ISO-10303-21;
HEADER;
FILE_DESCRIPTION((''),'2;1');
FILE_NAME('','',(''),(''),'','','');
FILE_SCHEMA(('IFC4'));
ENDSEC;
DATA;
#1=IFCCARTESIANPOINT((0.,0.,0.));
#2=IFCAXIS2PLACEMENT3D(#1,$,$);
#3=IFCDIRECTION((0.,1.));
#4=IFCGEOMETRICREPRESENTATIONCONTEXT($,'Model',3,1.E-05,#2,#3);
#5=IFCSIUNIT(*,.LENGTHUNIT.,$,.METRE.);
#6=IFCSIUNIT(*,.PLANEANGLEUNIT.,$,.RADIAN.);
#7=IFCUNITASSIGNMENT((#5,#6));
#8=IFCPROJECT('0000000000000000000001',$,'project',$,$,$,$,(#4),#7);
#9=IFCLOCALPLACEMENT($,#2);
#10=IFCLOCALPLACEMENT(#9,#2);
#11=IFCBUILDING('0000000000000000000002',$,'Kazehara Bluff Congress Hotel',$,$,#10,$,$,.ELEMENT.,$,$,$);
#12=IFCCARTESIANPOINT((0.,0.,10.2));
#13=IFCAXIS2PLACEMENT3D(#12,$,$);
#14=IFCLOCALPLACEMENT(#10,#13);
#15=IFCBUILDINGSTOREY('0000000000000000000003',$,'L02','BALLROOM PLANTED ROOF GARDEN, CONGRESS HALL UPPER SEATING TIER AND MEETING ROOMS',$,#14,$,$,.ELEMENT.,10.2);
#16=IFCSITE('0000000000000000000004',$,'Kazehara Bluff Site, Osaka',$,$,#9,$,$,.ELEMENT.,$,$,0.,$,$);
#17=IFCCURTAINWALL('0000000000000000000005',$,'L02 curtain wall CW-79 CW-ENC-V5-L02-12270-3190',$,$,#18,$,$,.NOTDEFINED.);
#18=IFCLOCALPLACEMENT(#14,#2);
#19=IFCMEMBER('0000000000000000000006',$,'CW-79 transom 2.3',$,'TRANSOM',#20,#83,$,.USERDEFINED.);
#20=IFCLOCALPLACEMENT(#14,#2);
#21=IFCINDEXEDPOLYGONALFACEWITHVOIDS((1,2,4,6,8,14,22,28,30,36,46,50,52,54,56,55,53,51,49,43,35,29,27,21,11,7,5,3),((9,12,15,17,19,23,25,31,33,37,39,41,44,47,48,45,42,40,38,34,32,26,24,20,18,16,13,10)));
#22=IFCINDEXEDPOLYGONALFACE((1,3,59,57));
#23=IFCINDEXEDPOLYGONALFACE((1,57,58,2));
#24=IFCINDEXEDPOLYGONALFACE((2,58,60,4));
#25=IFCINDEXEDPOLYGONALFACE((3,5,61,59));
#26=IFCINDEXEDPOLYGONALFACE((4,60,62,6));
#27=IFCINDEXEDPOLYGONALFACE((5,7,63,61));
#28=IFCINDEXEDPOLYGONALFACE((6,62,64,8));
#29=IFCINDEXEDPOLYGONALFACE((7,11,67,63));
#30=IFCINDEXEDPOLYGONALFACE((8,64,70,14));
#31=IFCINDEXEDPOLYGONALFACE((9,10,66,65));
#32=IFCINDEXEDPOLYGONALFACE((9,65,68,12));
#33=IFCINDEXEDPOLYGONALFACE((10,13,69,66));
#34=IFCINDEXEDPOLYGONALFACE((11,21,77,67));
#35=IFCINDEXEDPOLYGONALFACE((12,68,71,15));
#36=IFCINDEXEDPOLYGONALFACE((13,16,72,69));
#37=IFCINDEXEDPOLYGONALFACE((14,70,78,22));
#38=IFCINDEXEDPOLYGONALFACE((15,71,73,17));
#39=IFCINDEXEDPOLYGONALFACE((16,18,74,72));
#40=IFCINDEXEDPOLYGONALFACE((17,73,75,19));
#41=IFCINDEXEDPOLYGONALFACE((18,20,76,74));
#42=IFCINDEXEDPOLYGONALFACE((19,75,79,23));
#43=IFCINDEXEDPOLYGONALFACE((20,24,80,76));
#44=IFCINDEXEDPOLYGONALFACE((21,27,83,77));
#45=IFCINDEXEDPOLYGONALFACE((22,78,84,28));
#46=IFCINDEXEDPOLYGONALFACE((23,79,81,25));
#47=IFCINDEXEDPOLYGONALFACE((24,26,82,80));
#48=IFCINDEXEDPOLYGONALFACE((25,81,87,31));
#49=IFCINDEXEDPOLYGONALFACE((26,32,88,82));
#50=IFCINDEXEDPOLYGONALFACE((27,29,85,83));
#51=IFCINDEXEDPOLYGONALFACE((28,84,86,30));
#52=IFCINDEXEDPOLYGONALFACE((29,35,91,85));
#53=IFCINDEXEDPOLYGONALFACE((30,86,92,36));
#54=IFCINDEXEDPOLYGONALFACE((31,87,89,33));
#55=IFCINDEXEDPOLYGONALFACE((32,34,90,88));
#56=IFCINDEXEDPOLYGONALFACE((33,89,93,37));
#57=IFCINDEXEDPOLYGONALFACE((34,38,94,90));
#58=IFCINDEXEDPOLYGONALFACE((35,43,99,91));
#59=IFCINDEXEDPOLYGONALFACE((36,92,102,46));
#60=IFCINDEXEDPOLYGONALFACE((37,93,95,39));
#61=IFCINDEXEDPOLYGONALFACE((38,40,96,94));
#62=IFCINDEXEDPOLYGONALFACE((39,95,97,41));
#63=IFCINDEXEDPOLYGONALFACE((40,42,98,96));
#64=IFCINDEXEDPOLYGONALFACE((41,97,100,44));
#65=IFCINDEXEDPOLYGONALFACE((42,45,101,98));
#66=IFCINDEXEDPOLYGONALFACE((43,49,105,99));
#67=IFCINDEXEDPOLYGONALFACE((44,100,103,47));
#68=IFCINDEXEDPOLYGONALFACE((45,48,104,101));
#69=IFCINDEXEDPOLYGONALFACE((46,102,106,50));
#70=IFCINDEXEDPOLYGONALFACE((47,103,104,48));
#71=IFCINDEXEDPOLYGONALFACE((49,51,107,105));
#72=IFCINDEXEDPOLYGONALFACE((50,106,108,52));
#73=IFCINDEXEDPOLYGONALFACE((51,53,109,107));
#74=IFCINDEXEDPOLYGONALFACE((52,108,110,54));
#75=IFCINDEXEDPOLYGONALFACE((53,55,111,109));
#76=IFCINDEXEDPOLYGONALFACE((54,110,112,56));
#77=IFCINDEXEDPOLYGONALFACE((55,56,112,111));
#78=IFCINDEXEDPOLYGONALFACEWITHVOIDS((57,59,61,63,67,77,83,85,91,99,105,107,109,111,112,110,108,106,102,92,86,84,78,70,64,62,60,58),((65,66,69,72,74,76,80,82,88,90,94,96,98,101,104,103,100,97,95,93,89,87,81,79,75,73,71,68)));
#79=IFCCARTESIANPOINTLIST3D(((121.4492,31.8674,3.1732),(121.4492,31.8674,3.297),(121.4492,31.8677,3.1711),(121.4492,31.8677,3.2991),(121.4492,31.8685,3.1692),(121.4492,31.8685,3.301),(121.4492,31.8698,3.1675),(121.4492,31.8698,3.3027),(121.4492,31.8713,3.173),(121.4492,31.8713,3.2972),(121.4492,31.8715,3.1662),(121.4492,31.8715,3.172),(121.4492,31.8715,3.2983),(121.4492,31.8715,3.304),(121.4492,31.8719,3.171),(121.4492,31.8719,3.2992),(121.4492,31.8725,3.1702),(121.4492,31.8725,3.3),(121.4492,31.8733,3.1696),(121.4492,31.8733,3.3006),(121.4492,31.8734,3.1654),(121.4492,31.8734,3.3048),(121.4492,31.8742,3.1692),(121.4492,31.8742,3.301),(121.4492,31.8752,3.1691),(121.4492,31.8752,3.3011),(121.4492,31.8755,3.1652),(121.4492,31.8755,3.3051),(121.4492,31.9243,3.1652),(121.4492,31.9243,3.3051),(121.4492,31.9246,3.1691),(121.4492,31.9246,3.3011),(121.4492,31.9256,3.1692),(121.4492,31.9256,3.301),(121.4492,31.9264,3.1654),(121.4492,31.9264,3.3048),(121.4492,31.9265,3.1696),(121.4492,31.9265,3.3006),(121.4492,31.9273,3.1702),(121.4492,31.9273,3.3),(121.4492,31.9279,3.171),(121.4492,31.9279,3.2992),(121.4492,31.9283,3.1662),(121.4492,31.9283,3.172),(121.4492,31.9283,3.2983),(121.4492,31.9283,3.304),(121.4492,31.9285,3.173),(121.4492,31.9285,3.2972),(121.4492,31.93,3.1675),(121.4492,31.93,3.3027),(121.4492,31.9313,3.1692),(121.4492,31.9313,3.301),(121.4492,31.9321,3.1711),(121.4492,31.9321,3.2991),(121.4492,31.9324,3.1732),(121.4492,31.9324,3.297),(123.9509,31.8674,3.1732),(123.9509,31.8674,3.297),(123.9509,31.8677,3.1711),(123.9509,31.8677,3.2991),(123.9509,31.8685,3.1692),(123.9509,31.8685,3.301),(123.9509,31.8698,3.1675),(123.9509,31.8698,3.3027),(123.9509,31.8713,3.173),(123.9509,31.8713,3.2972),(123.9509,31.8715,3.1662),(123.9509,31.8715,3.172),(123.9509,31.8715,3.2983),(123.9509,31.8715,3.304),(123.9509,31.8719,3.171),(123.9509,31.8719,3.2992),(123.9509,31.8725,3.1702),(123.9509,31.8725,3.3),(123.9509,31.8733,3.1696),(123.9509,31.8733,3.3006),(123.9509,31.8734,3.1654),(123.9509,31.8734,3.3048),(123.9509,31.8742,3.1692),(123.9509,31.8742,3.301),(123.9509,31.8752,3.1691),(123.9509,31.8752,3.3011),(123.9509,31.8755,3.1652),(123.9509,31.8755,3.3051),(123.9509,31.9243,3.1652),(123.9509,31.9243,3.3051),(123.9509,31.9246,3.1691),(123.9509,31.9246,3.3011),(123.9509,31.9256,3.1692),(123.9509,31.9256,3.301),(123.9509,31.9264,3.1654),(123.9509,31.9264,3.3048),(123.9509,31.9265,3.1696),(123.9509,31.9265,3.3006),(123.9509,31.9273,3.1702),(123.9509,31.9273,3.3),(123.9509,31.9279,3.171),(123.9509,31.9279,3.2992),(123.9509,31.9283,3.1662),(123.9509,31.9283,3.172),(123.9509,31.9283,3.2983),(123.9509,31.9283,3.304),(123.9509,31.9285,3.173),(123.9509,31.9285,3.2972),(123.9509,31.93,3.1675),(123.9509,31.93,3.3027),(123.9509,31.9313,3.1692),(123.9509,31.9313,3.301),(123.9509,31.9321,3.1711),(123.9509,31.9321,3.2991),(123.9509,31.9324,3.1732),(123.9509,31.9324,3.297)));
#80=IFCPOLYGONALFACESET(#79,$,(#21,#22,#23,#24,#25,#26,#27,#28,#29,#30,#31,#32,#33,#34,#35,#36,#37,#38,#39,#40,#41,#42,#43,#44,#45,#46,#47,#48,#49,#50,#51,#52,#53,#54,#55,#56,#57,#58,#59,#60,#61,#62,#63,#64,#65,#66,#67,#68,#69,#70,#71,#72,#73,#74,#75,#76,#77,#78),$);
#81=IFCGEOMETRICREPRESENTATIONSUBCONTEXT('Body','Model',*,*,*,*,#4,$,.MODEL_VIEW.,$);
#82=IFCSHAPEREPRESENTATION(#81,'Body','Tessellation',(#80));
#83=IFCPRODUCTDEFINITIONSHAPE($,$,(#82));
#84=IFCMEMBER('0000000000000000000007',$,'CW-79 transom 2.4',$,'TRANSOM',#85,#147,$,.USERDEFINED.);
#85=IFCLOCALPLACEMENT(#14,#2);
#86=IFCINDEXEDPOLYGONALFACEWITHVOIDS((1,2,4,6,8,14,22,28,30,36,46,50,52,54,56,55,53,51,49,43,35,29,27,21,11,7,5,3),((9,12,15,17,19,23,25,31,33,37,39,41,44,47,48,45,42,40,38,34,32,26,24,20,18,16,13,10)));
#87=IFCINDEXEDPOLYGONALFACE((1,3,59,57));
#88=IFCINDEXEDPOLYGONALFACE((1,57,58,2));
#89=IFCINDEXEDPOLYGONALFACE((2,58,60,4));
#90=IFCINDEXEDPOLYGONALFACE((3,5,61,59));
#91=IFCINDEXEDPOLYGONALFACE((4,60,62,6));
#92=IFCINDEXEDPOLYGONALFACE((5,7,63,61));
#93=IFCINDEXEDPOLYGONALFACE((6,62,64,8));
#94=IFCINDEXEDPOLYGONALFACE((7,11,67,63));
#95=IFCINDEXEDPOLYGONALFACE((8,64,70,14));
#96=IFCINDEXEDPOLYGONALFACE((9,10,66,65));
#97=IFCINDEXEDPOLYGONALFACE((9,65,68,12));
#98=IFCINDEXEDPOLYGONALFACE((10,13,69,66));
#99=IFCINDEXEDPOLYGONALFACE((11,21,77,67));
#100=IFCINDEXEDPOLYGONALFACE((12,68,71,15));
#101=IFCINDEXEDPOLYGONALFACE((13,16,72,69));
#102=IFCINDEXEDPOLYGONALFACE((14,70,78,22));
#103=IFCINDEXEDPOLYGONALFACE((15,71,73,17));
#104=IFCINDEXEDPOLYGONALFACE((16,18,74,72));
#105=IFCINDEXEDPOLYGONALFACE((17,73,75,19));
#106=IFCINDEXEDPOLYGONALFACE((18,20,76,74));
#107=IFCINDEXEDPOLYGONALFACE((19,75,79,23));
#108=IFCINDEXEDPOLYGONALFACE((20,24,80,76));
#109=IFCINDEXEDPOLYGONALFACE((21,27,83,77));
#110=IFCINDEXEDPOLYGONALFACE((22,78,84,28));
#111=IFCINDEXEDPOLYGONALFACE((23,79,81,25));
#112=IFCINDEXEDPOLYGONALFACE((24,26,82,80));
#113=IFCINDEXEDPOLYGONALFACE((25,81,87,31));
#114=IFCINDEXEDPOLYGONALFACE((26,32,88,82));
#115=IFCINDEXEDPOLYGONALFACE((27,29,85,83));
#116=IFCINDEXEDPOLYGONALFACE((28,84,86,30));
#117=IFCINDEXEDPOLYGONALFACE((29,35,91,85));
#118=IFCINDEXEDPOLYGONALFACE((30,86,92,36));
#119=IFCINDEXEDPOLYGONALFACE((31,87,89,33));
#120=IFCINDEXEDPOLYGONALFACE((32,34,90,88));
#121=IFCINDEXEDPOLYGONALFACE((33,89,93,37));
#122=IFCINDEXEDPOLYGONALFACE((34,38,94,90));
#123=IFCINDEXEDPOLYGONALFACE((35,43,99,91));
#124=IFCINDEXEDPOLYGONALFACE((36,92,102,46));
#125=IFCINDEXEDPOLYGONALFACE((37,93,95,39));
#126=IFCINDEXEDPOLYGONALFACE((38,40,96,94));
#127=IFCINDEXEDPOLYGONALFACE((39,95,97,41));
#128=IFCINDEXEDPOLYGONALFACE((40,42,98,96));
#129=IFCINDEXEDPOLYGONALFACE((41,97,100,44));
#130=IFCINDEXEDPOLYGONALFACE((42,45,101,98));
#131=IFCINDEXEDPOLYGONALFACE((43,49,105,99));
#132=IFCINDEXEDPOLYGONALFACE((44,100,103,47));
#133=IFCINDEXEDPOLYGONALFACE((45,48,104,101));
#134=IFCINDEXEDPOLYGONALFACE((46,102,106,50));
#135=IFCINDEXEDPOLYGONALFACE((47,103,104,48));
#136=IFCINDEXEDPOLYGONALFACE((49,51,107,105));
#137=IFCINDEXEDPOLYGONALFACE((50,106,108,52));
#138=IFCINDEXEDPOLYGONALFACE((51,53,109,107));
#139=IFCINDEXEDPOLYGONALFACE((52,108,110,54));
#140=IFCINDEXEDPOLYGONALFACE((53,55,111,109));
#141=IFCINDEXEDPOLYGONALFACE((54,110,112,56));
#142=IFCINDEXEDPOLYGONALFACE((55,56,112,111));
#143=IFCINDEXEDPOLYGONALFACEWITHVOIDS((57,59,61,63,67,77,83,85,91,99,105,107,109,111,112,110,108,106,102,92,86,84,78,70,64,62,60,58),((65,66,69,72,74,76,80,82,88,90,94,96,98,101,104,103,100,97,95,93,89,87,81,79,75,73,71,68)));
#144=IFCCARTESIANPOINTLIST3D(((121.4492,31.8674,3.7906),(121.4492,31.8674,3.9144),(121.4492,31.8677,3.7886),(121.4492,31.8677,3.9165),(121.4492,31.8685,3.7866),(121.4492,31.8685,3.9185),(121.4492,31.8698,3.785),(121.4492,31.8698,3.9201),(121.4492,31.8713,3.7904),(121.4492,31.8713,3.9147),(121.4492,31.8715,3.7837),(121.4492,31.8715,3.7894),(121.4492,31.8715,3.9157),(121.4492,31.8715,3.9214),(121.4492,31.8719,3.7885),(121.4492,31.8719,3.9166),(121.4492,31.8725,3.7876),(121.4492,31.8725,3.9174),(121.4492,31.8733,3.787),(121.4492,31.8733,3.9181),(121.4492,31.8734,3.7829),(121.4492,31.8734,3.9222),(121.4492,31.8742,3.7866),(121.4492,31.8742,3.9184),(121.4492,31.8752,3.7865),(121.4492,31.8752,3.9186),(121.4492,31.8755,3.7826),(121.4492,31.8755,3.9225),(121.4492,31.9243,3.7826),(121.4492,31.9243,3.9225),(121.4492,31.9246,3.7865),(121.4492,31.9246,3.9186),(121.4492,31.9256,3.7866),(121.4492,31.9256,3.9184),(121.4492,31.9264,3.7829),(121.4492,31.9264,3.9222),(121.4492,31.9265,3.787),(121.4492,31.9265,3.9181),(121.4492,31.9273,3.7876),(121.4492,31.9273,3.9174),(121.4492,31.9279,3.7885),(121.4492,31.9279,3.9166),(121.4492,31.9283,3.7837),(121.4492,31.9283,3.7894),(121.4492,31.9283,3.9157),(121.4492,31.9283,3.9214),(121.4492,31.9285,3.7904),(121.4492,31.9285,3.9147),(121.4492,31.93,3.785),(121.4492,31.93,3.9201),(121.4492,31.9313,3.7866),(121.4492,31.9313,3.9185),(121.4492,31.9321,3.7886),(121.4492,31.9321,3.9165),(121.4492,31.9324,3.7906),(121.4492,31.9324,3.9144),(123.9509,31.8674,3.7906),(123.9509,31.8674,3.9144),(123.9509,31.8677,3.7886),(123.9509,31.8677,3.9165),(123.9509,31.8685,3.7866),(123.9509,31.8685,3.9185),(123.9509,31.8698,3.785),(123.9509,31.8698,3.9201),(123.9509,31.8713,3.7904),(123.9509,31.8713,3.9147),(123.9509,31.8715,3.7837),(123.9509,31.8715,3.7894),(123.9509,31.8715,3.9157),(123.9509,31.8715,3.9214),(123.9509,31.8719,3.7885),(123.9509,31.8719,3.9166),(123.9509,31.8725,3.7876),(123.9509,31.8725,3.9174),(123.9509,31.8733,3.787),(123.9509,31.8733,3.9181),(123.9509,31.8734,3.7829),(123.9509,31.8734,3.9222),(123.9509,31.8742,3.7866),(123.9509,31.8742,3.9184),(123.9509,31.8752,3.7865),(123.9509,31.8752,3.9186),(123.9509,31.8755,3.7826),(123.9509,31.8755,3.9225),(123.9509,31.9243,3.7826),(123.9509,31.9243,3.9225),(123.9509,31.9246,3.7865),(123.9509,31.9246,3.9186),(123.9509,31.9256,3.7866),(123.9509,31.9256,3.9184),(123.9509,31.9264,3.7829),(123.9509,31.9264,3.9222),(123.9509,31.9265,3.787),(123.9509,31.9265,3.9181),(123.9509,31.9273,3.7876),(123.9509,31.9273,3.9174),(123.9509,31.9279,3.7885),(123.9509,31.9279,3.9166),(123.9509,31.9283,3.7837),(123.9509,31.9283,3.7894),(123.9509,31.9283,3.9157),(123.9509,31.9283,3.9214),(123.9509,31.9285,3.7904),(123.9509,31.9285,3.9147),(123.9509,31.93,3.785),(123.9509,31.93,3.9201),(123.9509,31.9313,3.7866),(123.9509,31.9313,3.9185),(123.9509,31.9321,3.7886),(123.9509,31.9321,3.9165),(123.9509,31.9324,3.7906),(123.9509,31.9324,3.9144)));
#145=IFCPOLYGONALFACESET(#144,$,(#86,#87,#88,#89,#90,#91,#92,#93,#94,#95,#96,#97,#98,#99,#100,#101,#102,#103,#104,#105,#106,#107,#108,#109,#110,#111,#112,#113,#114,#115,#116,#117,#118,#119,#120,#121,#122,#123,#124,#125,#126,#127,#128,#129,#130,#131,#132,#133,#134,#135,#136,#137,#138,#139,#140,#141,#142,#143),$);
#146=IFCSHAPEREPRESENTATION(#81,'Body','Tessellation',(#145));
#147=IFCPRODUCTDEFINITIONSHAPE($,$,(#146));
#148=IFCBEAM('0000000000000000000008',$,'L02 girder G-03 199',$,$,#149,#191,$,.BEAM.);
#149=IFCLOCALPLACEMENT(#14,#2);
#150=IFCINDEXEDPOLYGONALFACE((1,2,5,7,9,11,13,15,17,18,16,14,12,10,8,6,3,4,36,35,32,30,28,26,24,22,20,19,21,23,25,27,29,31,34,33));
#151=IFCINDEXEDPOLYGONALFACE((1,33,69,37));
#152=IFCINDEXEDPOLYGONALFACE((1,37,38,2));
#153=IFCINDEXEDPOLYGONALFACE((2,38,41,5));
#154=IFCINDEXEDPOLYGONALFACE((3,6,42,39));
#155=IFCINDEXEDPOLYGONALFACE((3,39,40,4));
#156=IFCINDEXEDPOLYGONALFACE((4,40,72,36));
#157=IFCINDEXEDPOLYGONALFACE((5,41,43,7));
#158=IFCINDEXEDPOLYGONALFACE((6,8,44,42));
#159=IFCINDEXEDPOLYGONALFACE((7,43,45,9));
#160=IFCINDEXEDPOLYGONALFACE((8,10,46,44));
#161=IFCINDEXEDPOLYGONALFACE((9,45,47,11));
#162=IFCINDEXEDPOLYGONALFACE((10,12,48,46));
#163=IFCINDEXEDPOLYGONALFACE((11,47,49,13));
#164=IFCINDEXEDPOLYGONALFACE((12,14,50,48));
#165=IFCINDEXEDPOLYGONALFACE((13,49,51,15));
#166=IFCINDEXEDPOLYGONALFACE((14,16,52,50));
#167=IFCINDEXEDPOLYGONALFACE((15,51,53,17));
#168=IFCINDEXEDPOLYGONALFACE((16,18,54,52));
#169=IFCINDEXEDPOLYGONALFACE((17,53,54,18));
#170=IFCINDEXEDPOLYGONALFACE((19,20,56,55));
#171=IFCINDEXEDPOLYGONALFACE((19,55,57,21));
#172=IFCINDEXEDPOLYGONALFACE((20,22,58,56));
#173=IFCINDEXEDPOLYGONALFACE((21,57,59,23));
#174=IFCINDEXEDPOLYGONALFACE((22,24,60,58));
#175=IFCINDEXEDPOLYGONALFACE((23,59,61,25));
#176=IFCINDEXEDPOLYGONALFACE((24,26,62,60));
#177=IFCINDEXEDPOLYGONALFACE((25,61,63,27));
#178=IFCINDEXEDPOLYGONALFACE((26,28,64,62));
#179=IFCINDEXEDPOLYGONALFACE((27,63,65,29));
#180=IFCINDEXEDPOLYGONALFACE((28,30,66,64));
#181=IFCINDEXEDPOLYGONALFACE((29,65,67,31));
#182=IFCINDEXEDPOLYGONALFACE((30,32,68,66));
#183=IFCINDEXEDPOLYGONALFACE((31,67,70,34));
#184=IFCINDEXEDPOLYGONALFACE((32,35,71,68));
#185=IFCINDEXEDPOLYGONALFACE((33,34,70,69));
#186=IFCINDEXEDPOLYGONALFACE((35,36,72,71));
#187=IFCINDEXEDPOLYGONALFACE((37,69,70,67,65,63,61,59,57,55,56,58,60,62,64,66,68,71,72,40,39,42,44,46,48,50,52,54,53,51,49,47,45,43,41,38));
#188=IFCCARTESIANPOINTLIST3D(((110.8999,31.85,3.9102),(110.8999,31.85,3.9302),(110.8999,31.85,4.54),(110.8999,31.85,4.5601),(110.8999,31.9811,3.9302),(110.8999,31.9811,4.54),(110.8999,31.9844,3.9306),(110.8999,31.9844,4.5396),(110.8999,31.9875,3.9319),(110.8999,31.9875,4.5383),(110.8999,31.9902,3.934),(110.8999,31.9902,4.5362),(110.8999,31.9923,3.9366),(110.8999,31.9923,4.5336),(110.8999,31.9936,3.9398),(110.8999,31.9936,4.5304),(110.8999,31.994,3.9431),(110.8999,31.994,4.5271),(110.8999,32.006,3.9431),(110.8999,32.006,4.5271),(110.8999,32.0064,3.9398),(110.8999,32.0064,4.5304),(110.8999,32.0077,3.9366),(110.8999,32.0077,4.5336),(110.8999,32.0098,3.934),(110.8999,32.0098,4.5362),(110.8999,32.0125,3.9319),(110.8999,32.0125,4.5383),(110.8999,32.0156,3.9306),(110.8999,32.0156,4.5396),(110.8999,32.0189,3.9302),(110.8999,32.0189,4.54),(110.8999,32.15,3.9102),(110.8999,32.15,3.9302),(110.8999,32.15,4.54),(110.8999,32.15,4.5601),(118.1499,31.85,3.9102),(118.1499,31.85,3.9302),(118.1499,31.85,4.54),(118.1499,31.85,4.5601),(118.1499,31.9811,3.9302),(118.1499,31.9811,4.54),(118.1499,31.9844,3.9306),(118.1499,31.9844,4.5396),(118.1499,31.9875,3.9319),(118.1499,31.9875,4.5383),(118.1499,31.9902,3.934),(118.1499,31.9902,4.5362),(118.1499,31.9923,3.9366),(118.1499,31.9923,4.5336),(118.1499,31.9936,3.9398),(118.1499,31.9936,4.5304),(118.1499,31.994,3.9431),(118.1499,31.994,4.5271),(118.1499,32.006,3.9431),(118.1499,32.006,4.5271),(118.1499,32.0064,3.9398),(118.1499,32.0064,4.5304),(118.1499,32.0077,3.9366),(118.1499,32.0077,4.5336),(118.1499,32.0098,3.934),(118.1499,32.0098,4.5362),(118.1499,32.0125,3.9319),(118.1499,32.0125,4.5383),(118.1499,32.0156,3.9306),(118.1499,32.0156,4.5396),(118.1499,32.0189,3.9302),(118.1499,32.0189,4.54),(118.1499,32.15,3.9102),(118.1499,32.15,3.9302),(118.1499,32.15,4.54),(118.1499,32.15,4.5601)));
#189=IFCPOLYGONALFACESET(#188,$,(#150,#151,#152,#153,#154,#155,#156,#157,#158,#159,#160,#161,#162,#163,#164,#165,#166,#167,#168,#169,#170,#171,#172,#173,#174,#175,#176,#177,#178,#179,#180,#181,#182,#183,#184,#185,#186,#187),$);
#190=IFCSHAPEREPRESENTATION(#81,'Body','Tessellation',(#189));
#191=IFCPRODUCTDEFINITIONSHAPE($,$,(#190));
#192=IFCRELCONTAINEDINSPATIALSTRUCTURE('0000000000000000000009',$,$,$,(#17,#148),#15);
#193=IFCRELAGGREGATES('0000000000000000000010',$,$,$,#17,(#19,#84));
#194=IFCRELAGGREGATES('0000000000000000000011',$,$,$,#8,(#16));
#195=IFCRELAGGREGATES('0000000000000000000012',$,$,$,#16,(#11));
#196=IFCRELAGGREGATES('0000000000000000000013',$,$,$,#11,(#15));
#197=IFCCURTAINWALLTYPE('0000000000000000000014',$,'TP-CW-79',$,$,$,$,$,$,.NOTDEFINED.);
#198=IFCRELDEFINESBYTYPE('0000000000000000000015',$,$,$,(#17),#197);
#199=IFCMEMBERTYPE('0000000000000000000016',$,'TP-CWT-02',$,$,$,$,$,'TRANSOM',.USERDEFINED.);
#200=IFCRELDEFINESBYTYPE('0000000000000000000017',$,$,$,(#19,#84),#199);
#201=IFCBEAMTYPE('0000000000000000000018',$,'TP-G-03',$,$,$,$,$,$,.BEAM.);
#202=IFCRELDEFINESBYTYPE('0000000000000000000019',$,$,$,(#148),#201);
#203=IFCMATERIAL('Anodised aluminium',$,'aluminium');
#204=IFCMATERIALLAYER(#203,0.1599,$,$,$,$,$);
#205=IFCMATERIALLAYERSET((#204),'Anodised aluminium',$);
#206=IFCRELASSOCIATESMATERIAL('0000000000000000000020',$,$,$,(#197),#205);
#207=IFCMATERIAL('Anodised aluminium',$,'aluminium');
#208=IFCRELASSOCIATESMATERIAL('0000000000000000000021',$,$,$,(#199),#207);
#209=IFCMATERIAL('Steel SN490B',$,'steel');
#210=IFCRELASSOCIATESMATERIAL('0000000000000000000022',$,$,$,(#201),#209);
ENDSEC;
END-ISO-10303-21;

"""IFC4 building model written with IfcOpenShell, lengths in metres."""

from ifc_helpers import new_model, si_unit, direction, frame, origin, origin_2d, place, context, subcontext, project, spatial, hollow_rectangle, i_section, extrude, material, layer, layer_set, material_profile, profile_set, type_object, element, aggregate, save


model = new_model("IFC4")

# Units and contexts
model_context = context("Model", 3, precision=1e-05, world=origin(), true_north=direction((0.0, 1.0)))
body_context = subcontext(model_context, "Body", "Model", "MODEL_VIEW")
ifc_project = project(units=[si_unit("LENGTHUNIT", "METRE"), si_unit("PLANEANGLEUNIT", "RADIAN")], contexts=[model_context])

# Site, building, storey
site_placement = place(None, origin())
site = spatial("IfcSite", under=ifc_project, at=site_placement, Name="Kazehara Bluff Site, Osaka", CompositionType="ELEMENT", RefElevation=0.0)
building_placement = place(site_placement, origin())
building = spatial("IfcBuilding", under=site, at=building_placement, Name="Kazehara Bluff Congress Hotel", CompositionType="ELEMENT")
storey_placement = place(building_placement, frame((0.0, 0.0, 10.2)))
storey = spatial("IfcBuildingStorey", under=building, at=storey_placement, Name="L02", Description="BALLROOM PLANTED ROOF GARDEN, CONGRESS HALL UPPER SEATING TIER AND MEETING ROOMS", CompositionType="ELEMENT", Elevation=10.2)

# Curtain wall
ifc_material_1 = material(Name="Anodised aluminium", Category="aluminium")
ifc_layer_1 = layer(ifc_material_1, 0.1599)
ifc_layer_set_1 = layer_set([ifc_layer_1], Name="Anodised aluminium")
curtain_wall_type_1 = type_object("IfcCurtainWallType", Name="TP-CW-79", PredefinedType="NOTDEFINED", material=ifc_layer_set_1)
curtain_wall_1_placement = place(storey_placement, origin())
curtain_wall_1 = element("IfcCurtainWall", 1, at=curtain_wall_1_placement, inside=storey, type_object=curtain_wall_type_1, Name="L02 curtain wall CW-79 CW-ENC-V5-L02-12270-3190", PredefinedType="NOTDEFINED")

# Members
ifc_material_2 = material(Name="Anodised aluminium", Category="aluminium")
ifc_material_profile_1 = material_profile(ifc_material_2, hollow_rectangle(XDim=0.0649, YDim=0.1399, WallThickness=0.0039, InnerFilletRadius=0.0039, OuterFilletRadius=0.0081, at=origin_2d()))
ifc_profile_set_1 = profile_set([ifc_material_profile_1], Name="Anodised aluminium")
member_type_1 = type_object("IfcMemberType", Name="TP-CWT-02", ElementType="TRANSOM", PredefinedType="USERDEFINED", material=ifc_profile_set_1)
member_1_placement = place(storey_placement, frame((121.4492, 31.8999, 3.2351), z_axis=(1.0, 0.0, 0.0), x_axis=(0.0, 1.0, 0.0)))
member_1 = element("IfcMember", 2, at=member_1_placement, type_object=member_type_1, Name="CW-79 transom 2.3", ObjectType="TRANSOM", PredefinedType="USERDEFINED", context=body_context, shape_type="SweptSolid", body=[
    extrude(hollow_rectangle(XDim=0.0649, YDim=0.1399, WallThickness=0.0039, InnerFilletRadius=0.0039, OuterFilletRadius=0.0081, at=origin_2d()), origin(), (0.0, 0.0, 1.0), 2.5017),
])
member_2_placement = place(storey_placement, frame((121.4492, 31.8999, 3.8525), z_axis=(1.0, 0.0, 0.0), x_axis=(0.0, 1.0, 0.0)))
member_2 = element("IfcMember", 3, at=member_2_placement, type_object=member_type_1, Name="CW-79 transom 2.4", ObjectType="TRANSOM", PredefinedType="USERDEFINED", context=body_context, shape_type="SweptSolid", body=[
    extrude(hollow_rectangle(XDim=0.0649, YDim=0.1399, WallThickness=0.0039, InnerFilletRadius=0.0039, OuterFilletRadius=0.0081, at=origin_2d()), origin(), (0.0, 0.0, 1.0), 2.5017),
])

# Beam
ifc_material_3 = material(Name="Steel SN490B", Category="steel")
ifc_material_profile_2 = material_profile(ifc_material_3, i_section(OverallWidth=0.3, OverallDepth=0.6499, WebThickness=0.012, FlangeThickness=0.02, FilletRadius=0.0129, at=origin_2d()))
ifc_profile_set_2 = profile_set([ifc_material_profile_2], Name="Steel SN490B")
beam_type = type_object("IfcBeamType", Name="TP-G-03", PredefinedType="BEAM", material=ifc_profile_set_2)
beam_1_placement = place(storey_placement, frame((110.8999, 32.0, 4.2351), z_axis=(1.0, 0.0, 0.0), x_axis=(0.0, 1.0, 0.0)))
element("IfcBeam", 4, at=beam_1_placement, inside=storey, type_object=beam_type, Name="L02 girder G-03 199", PredefinedType="BEAM", context=body_context, shape_type="SweptSolid", body=[
    extrude(i_section(OverallWidth=0.3, OverallDepth=0.6499, WebThickness=0.012, FlangeThickness=0.02, FilletRadius=0.0129, at=origin_2d()), origin(), (0.0, 0.0, 1.0), 7.25),
])

aggregate(curtain_wall_1, [member_1, member_2])

save(model, "model.ifc")
